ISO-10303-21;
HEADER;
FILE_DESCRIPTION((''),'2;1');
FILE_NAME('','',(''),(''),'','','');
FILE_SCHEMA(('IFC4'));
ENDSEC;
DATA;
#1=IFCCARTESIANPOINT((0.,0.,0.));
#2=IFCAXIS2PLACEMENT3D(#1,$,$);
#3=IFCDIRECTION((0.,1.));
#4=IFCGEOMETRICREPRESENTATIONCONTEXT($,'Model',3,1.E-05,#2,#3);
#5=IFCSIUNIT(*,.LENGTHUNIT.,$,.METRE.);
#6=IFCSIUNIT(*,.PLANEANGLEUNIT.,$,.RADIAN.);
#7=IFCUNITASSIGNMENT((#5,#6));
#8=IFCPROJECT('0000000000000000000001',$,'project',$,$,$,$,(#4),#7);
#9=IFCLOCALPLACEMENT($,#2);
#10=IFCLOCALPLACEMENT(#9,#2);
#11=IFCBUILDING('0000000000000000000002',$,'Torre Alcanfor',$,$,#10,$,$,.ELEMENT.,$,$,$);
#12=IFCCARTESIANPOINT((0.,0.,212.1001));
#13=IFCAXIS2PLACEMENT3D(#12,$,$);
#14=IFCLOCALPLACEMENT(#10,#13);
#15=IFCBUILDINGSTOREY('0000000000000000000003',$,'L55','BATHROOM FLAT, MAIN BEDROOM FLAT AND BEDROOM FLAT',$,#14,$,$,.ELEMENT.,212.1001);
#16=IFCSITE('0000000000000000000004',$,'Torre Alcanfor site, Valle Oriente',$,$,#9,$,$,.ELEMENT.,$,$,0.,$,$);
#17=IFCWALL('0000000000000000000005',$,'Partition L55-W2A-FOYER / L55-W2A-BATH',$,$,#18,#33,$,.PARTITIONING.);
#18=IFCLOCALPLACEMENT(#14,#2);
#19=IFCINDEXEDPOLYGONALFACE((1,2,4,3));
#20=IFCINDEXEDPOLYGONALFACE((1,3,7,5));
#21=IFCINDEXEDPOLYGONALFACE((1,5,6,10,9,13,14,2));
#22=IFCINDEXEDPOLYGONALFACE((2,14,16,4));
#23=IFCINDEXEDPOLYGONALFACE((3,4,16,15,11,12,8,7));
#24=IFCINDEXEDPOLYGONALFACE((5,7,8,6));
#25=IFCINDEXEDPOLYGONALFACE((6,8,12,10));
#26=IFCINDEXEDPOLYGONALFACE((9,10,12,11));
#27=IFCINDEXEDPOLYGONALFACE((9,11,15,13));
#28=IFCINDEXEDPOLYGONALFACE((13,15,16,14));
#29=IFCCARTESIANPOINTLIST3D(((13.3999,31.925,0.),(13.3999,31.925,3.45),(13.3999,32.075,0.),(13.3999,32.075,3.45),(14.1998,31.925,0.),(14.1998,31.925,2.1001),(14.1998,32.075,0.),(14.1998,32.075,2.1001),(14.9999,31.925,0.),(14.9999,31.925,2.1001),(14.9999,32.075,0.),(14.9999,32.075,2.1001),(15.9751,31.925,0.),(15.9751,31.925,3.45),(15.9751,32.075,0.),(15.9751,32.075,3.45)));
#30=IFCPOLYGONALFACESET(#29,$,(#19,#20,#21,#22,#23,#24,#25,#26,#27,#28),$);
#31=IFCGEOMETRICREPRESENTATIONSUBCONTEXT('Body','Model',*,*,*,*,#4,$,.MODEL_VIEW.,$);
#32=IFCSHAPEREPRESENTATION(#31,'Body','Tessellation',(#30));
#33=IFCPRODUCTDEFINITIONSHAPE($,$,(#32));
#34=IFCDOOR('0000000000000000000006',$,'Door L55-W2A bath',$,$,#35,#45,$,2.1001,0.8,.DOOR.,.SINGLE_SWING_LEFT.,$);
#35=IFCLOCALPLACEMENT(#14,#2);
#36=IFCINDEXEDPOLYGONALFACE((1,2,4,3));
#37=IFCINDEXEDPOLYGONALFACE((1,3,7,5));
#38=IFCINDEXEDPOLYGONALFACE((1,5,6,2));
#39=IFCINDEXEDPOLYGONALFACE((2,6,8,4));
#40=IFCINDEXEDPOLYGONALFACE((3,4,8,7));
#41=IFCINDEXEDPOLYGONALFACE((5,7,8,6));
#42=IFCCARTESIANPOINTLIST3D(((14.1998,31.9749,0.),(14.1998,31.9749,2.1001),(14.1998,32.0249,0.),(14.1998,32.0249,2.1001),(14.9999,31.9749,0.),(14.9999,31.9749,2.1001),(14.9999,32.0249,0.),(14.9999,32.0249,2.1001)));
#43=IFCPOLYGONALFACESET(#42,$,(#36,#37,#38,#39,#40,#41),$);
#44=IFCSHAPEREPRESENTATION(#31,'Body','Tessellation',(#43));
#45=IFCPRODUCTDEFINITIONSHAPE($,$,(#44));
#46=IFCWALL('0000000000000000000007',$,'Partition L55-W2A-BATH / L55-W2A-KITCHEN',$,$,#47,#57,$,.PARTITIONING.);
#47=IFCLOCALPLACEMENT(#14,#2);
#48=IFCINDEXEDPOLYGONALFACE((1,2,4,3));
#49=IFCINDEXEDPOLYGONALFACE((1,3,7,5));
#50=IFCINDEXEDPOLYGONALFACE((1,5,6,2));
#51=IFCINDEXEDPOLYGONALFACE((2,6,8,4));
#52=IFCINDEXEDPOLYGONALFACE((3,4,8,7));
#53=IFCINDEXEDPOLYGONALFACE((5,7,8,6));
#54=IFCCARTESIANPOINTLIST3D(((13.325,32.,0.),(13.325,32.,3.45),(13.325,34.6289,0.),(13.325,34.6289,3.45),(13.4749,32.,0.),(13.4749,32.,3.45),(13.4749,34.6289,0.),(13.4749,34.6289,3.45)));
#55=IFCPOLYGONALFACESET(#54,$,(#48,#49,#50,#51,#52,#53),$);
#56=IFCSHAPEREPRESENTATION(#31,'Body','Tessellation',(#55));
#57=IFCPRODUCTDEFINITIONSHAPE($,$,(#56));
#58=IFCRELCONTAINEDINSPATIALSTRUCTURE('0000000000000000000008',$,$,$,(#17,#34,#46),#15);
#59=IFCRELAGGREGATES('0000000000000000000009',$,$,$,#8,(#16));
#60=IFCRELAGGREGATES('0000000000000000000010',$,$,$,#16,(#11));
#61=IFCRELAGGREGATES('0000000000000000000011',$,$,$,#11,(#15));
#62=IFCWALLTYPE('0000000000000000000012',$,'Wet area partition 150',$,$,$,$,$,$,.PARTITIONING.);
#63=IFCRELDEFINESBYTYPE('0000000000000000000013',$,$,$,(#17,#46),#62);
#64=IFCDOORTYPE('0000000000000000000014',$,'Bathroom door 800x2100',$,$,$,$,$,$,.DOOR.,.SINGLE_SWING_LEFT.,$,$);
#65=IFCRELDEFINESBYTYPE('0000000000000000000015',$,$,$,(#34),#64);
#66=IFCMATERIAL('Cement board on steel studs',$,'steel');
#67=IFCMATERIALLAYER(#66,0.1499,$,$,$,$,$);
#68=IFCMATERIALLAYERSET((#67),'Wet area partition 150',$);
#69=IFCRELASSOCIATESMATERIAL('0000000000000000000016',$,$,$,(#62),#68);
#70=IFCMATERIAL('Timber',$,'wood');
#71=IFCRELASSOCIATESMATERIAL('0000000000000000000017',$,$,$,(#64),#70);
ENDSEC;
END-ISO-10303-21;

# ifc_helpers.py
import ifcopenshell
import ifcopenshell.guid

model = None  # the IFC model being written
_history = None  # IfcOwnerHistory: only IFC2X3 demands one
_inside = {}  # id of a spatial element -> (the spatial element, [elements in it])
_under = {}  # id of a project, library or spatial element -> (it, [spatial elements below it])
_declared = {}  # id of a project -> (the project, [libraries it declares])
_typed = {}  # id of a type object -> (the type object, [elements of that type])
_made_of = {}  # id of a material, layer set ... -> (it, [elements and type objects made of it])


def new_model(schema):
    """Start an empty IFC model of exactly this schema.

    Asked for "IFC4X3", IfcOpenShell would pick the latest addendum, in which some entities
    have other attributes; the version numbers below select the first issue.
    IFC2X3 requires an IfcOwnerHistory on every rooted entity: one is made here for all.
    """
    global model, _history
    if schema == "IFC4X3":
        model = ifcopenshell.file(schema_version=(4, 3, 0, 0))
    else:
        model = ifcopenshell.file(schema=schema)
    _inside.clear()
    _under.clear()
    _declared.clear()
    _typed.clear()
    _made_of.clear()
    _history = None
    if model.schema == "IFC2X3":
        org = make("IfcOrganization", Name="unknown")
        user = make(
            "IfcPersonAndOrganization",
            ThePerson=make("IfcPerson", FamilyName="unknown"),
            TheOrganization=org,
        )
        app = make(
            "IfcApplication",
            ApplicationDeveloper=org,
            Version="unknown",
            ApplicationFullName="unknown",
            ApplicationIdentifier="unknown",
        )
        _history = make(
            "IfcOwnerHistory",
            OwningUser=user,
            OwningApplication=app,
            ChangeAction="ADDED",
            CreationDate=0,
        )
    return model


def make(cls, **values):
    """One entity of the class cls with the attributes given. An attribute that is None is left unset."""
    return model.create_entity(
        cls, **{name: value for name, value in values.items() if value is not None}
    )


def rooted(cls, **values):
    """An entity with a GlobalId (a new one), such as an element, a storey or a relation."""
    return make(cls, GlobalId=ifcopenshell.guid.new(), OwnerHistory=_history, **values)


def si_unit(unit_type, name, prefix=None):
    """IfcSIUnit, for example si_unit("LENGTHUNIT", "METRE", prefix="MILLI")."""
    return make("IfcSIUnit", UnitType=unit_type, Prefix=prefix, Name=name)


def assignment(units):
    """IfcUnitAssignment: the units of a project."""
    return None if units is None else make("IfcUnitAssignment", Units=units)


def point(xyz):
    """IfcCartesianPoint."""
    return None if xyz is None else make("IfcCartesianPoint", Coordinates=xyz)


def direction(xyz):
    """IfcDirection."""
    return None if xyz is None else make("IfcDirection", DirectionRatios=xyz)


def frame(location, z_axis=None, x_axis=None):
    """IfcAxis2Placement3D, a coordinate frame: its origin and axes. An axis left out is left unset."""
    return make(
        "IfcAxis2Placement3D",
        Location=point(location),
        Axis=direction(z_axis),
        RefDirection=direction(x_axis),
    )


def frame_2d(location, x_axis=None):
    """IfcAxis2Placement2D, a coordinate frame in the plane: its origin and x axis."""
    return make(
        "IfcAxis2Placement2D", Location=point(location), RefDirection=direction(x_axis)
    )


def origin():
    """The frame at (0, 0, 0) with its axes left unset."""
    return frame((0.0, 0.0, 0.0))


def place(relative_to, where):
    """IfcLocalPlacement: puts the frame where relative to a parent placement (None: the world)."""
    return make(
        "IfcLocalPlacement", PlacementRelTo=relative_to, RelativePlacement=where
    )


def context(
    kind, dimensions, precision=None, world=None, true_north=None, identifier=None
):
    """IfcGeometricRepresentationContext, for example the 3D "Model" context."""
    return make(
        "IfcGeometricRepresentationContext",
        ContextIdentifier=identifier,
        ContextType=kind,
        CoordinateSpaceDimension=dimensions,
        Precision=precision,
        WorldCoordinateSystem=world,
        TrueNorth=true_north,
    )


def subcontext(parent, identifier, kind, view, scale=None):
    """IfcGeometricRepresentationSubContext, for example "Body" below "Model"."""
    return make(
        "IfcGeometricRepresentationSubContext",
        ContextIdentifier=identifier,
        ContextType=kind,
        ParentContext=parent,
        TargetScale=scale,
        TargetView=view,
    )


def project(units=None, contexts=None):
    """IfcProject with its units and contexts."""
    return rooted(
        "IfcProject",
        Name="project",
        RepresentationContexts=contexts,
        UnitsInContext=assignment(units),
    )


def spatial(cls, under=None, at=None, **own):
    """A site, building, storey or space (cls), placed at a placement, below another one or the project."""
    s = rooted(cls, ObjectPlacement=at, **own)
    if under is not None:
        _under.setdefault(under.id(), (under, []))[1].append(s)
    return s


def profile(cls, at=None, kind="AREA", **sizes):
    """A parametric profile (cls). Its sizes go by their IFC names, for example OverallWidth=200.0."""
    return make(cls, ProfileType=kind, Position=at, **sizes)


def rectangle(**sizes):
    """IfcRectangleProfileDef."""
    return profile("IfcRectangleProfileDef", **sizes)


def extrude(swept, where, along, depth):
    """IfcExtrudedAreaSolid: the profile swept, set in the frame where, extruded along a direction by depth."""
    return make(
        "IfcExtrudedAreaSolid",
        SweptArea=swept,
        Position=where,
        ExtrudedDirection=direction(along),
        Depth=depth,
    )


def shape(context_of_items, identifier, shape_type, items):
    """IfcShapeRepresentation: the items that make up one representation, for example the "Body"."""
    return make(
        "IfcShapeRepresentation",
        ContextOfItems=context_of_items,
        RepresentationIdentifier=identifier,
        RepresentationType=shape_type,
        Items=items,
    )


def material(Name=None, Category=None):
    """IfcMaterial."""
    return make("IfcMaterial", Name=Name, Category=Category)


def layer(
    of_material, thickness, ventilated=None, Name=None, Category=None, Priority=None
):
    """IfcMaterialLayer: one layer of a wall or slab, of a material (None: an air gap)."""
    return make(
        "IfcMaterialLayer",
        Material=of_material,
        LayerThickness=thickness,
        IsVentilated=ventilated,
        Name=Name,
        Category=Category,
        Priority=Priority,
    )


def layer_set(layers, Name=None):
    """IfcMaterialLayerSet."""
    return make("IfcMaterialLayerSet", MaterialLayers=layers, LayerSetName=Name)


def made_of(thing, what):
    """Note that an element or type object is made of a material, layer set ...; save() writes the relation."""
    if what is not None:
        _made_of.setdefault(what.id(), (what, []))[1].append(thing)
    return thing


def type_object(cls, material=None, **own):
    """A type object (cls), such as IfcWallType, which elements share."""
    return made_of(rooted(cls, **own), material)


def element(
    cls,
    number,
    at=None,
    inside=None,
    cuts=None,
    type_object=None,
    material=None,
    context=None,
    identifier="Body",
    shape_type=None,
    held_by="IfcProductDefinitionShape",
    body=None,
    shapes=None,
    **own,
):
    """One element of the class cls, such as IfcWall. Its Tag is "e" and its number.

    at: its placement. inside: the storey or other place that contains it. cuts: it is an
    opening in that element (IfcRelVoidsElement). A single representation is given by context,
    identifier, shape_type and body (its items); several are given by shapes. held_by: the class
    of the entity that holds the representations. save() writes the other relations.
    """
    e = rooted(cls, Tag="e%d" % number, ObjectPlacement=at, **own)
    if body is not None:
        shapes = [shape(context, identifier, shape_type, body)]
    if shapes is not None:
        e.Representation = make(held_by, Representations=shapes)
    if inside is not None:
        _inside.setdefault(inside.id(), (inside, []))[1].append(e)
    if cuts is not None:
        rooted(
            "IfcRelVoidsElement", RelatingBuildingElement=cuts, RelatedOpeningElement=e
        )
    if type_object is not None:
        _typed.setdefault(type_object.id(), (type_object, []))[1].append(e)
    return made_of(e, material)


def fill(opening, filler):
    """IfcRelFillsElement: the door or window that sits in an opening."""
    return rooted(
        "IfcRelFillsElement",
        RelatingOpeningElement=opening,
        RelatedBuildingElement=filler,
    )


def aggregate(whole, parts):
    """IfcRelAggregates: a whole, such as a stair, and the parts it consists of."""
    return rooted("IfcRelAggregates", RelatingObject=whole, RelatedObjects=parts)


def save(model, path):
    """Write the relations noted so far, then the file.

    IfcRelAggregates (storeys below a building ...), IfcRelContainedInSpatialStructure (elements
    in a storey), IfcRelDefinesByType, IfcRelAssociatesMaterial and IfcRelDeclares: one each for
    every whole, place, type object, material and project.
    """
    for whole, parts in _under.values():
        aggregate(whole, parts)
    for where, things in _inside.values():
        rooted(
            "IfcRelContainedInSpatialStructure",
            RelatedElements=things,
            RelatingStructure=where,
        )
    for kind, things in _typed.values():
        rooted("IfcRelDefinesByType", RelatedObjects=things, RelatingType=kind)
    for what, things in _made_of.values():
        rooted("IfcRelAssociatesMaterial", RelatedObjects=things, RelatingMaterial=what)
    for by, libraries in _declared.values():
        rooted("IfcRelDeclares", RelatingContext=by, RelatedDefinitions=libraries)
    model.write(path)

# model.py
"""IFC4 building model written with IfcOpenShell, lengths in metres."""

from ifc_helpers import new_model, si_unit, direction, frame, frame_2d, origin, place, context, subcontext, project, spatial, rectangle, extrude, material, layer, layer_set, type_object, element, fill, save


model = new_model("IFC4")

# Units and contexts
model_context = context("Model", 3, precision=1e-05, world=origin(), true_north=direction((0.0, 1.0)))
body_context = subcontext(model_context, "Body", "Model", "MODEL_VIEW")
ifc_project = project(units=[si_unit("LENGTHUNIT", "METRE"), si_unit("PLANEANGLEUNIT", "RADIAN")], contexts=[model_context])

# Site, building, storey
site_placement = place(None, origin())
site = spatial("IfcSite", under=ifc_project, at=site_placement, Name="Torre Alcanfor site, Valle Oriente", CompositionType="ELEMENT", RefElevation=0.0)
building_placement = place(site_placement, origin())
building = spatial("IfcBuilding", under=site, at=building_placement, Name="Torre Alcanfor", CompositionType="ELEMENT")
storey_placement = place(building_placement, frame((0.0, 0.0, 212.1001)))
storey = spatial("IfcBuildingStorey", under=building, at=storey_placement, Name="L55", Description="BATHROOM FLAT, MAIN BEDROOM FLAT AND BEDROOM FLAT", CompositionType="ELEMENT", Elevation=212.1001)

# Wall, opening, door
ifc_material_1 = material(Name="Cement board on steel studs", Category="steel")
ifc_layer_1 = layer(ifc_material_1, 0.1499)
ifc_layer_set_1 = layer_set([ifc_layer_1], Name="Wet area partition 150")
wall_type_1 = type_object("IfcWallType", Name="Wet area partition 150", PredefinedType="PARTITIONING", material=ifc_layer_set_1)
wall_1_placement = place(storey_placement, frame((13.3999, 32.0, 0.0), z_axis=(0.0, 0.0, 1.0), x_axis=(1.0, 0.0, 0.0)))
wall_1 = element("IfcWall", 1, at=wall_1_placement, inside=storey, type_object=wall_type_1, Name="Partition L55-W2A-FOYER / L55-W2A-BATH", PredefinedType="PARTITIONING", context=body_context, shape_type="SweptSolid", body=[
    extrude(rectangle(XDim=2.5752, YDim=0.1499, at=frame_2d((1.2876, 0.0))), origin(), (0.0, 0.0, 1.0), 3.45),
])
opening_1_placement = place(wall_1_placement, frame((0.8, 0.0, 0.0)))
opening_1 = element("IfcOpeningElement", 2, at=opening_1_placement, cuts=wall_1, PredefinedType="OPENING", context=body_context, shape_type="SweptSolid", body=[
    extrude(rectangle(XDim=0.8, YDim=2.1001, at=frame_2d((0.3999, 1.05))), frame((0.0, 0.085, 0.0), z_axis=(0.0, -1.0, 0.0), x_axis=(1.0, 0.0, 0.0)), (0.0, 0.0, 1.0), 0.1699),
])
ifc_material_2 = material(Name="Timber", Category="wood")
door_type_1 = type_object("IfcDoorType", Name="Bathroom door 800x2100", OperationType="SINGLE_SWING_LEFT", PredefinedType="DOOR", material=ifc_material_2)
door_1_placement = place(opening_1_placement, origin())
door_1 = element("IfcDoor", 3, at=door_1_placement, inside=storey, type_object=door_type_1, Name="Door L55-W2A bath", OperationType="SINGLE_SWING_LEFT", OverallHeight=2.1001, OverallWidth=0.8, PredefinedType="DOOR", context=body_context, shape_type="SweptSolid", body=[
    extrude(rectangle(XDim=0.8, YDim=2.1001, at=frame_2d((0.3999, 1.05))), frame((0.0, 0.0249, 0.0), z_axis=(0.0, -1.0, 0.0), x_axis=(1.0, 0.0, 0.0)), (0.0, 0.0, 1.0), 0.05),
])
fill(opening_1, door_1)

# Wall
wall_2_placement = place(storey_placement, frame((13.3999, 32.0, 0.0), z_axis=(0.0, 0.0, 1.0), x_axis=(0.0, 1.0, 0.0)))
element("IfcWall", 4, at=wall_2_placement, inside=storey, type_object=wall_type_1, Name="Partition L55-W2A-BATH / L55-W2A-KITCHEN", PredefinedType="PARTITIONING", context=body_context, shape_type="SweptSolid", body=[
    extrude(rectangle(XDim=2.6289, YDim=0.1499, at=frame_2d((1.3145, 0.0))), origin(), (0.0, 0.0, 1.0), 3.45),
])

save(model, "model.ifc")
